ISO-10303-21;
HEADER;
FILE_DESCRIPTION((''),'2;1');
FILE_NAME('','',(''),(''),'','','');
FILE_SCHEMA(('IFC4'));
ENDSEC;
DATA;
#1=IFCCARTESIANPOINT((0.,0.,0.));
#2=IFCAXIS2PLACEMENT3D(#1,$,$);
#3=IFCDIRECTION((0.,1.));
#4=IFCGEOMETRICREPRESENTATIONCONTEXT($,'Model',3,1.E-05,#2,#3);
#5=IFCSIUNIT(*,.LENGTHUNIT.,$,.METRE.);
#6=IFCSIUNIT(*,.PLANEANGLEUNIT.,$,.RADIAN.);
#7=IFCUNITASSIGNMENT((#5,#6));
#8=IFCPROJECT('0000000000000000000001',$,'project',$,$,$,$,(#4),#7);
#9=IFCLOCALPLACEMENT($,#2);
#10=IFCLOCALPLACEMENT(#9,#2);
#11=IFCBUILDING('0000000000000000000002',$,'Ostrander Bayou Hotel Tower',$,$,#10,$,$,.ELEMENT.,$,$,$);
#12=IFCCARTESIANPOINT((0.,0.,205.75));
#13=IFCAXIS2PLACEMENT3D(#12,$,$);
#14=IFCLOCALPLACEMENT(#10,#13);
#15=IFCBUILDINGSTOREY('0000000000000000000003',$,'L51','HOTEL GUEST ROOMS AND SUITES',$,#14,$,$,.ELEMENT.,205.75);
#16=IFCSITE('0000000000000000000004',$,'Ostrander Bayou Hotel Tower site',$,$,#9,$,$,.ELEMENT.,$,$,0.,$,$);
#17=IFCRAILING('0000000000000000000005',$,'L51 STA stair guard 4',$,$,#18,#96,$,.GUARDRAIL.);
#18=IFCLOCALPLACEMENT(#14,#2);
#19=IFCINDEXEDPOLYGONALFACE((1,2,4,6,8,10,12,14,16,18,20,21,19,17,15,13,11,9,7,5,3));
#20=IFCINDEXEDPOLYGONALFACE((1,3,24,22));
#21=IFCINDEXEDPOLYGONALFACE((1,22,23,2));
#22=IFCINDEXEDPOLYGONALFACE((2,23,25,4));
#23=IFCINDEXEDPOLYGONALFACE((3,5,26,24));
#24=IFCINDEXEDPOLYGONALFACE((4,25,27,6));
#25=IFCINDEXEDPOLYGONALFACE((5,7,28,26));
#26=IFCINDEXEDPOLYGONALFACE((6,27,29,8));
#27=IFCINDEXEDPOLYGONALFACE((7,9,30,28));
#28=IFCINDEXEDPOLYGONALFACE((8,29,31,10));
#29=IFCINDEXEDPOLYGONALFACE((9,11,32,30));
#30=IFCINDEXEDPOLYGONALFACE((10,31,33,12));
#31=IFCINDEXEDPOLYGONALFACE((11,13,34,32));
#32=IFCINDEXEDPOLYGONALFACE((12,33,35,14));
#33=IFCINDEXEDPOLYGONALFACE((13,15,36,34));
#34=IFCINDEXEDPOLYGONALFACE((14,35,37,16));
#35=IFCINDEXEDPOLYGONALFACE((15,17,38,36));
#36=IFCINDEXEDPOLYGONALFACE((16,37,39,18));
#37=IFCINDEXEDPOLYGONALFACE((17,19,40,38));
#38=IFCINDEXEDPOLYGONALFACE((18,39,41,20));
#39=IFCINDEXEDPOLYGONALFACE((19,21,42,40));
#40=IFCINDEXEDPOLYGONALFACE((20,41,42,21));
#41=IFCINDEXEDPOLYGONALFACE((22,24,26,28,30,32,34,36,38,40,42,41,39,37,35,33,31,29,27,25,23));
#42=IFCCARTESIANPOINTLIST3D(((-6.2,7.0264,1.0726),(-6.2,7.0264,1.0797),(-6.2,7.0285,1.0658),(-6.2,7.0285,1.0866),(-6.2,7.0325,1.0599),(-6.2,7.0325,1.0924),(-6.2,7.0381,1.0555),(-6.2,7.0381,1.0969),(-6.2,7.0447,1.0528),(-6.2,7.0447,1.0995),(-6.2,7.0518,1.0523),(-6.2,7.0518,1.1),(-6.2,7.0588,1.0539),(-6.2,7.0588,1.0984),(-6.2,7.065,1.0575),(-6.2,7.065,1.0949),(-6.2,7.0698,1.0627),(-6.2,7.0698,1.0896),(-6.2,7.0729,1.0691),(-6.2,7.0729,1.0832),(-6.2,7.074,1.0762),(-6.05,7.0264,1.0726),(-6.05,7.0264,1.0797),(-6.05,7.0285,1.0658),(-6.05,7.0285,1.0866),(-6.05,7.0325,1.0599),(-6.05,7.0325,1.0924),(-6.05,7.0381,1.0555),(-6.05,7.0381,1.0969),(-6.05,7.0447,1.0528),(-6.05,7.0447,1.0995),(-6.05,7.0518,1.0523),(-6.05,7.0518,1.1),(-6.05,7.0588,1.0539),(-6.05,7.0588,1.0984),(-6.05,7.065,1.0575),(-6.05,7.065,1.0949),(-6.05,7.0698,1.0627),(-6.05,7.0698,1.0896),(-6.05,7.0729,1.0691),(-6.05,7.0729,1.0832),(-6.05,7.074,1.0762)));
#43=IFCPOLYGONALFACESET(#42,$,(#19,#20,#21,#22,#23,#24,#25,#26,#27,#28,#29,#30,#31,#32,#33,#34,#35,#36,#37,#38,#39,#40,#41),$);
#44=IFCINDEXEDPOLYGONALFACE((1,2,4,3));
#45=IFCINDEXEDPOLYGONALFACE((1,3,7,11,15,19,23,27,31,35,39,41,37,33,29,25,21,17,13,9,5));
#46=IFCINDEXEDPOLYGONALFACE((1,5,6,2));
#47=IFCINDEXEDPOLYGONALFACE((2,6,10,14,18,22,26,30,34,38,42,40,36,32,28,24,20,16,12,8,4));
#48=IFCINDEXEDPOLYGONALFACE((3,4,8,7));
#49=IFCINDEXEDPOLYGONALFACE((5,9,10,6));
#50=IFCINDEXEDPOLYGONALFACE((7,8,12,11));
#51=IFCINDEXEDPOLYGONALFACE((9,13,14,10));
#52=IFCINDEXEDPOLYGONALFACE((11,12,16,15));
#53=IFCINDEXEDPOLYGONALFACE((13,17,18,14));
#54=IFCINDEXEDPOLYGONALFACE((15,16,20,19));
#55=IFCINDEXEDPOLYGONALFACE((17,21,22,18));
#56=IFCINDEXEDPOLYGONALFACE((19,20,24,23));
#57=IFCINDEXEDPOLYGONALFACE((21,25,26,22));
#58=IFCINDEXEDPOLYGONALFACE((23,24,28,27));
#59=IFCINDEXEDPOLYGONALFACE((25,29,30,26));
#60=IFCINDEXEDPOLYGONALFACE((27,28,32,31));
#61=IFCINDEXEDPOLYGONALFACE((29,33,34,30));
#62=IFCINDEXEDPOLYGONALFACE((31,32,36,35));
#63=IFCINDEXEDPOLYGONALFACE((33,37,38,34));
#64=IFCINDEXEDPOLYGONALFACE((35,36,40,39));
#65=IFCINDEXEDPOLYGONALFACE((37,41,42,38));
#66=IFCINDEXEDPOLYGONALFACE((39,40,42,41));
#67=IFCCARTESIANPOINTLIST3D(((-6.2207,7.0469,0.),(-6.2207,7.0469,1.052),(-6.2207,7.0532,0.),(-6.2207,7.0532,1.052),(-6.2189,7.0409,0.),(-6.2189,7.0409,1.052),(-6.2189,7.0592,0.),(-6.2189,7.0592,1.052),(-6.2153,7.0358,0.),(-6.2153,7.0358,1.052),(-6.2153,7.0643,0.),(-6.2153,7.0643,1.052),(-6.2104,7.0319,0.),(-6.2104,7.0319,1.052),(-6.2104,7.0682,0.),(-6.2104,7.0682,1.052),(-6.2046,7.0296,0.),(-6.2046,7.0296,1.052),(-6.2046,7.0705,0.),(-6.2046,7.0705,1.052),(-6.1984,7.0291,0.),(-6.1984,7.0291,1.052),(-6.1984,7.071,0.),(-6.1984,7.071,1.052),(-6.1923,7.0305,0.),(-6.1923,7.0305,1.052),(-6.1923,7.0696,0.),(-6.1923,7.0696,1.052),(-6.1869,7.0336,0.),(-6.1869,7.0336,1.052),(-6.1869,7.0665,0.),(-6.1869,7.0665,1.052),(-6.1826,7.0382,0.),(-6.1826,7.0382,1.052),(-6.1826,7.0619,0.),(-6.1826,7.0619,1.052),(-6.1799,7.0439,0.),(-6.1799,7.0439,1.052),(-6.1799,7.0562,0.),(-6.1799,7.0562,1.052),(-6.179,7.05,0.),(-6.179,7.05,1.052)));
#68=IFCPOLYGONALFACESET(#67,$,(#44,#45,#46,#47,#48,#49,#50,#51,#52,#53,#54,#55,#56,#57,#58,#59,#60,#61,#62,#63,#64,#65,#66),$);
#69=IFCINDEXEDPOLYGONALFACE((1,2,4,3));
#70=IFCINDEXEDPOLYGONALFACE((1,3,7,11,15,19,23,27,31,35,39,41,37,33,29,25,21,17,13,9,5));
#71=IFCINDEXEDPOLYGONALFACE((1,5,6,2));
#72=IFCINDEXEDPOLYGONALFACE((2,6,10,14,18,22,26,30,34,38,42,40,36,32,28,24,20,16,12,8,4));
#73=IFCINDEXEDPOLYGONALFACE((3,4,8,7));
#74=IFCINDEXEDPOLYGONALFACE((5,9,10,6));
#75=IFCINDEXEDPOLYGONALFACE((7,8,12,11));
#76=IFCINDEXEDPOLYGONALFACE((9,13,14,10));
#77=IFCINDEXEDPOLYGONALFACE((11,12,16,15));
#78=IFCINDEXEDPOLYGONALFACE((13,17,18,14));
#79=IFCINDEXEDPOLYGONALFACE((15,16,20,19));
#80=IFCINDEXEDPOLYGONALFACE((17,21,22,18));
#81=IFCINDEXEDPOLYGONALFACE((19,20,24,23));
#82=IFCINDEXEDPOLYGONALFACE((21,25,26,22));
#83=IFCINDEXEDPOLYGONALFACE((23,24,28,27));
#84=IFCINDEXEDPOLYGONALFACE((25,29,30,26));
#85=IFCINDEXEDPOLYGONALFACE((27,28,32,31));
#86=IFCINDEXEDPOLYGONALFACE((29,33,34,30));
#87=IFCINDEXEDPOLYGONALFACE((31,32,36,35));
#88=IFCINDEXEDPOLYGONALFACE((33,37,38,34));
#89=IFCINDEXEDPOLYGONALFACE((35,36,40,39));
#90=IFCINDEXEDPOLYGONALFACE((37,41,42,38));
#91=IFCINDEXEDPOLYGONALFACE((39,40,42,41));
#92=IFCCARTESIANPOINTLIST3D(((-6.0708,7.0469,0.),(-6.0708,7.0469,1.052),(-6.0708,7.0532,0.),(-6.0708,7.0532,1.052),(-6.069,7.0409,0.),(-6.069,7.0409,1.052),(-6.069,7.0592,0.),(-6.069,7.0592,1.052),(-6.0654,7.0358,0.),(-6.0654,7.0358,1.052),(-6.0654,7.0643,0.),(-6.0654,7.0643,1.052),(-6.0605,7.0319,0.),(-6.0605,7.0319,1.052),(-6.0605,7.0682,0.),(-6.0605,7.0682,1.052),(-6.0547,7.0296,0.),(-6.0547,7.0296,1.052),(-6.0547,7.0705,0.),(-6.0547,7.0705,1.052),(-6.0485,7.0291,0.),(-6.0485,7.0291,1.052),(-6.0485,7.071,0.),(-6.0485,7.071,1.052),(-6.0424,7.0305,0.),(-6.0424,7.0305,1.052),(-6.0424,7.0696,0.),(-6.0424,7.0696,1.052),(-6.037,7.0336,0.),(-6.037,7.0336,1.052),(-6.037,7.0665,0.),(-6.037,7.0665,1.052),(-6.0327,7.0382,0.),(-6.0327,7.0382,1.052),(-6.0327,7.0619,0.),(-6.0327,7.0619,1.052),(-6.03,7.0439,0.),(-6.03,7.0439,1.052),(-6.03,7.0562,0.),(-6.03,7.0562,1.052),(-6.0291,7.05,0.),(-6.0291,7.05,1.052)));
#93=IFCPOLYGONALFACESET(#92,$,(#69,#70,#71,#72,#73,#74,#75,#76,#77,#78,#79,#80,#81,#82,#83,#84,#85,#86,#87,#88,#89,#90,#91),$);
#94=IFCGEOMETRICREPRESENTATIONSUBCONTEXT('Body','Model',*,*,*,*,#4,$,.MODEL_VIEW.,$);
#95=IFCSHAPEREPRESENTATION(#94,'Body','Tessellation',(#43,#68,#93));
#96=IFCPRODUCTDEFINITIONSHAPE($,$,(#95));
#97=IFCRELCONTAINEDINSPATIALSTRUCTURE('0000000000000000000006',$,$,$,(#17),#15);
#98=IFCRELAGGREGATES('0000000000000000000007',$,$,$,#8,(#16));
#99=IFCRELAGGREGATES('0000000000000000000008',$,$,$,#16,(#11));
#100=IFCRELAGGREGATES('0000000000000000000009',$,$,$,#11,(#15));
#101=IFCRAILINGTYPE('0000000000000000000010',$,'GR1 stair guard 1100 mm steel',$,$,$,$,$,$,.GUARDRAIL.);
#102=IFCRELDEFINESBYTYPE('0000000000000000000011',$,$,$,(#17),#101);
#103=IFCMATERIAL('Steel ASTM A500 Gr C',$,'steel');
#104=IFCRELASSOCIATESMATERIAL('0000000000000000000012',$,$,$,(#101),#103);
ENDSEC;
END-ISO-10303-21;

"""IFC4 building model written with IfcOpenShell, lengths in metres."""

from ifc_helpers import new_model, si_unit, direction, frame, origin, origin_2d, place, context, subcontext, project, spatial, circle, extrude, material, type_object, element, save


model = new_model("IFC4")

# Units and contexts
model_context = context("Model", 3, precision=1e-05, world=origin(), true_north=direction((0.0, 1.0)))
body_context = subcontext(model_context, "Body", "Model", "MODEL_VIEW")
ifc_project = project(units=[si_unit("LENGTHUNIT", "METRE"), si_unit("PLANEANGLEUNIT", "RADIAN")], contexts=[model_context])

# Site, building, storey
site_placement = place(None, origin())
site = spatial("IfcSite", under=ifc_project, at=site_placement, Name="Ostrander Bayou Hotel Tower site", CompositionType="ELEMENT", RefElevation=0.0)
building_placement = place(site_placement, origin())
building = spatial("IfcBuilding", under=site, at=building_placement, Name="Ostrander Bayou Hotel Tower", CompositionType="ELEMENT")
storey_placement = place(building_placement, frame((0.0, 0.0, 205.75)))
storey = spatial("IfcBuildingStorey", under=building, at=storey_placement, Name="L51", Description="HOTEL GUEST ROOMS AND SUITES", CompositionType="ELEMENT", Elevation=205.75)

# Railing
ifc_material_1 = material(Name="Steel ASTM A500 Gr C", Category="steel")
railing_type_1 = type_object("IfcRailingType", Name="GR1 stair guard 1100 mm steel", PredefinedType="GUARDRAIL", material=ifc_material_1)
railing_1_placement = place(storey_placement, frame((-6.2, 7.05, 0.0)))
element("IfcRailing", 1, at=railing_1_placement, inside=storey, type_object=railing_type_1, Name="L51 STA stair guard 4", PredefinedType="GUARDRAIL", context=body_context, shape_type="SweptSolid", body=[
    extrude(circle(Radius=0.0239, at=origin_2d()), frame((0.0, 0.0, 1.0762), z_axis=(1.0, 0.0, 0.0), x_axis=(0.0, 1.0, 0.0)), (0.0, 0.0, 1.0), 0.1499),
    extrude(circle(Radius=0.021, at=origin_2d()), origin(), (0.0, 0.0, 1.0), 1.052),
    extrude(circle(Radius=0.021, at=origin_2d()), frame((0.1499, 0.0, 0.0)), (0.0, 0.0, 1.0), 1.052),
])

save(model, "model.ifc")
